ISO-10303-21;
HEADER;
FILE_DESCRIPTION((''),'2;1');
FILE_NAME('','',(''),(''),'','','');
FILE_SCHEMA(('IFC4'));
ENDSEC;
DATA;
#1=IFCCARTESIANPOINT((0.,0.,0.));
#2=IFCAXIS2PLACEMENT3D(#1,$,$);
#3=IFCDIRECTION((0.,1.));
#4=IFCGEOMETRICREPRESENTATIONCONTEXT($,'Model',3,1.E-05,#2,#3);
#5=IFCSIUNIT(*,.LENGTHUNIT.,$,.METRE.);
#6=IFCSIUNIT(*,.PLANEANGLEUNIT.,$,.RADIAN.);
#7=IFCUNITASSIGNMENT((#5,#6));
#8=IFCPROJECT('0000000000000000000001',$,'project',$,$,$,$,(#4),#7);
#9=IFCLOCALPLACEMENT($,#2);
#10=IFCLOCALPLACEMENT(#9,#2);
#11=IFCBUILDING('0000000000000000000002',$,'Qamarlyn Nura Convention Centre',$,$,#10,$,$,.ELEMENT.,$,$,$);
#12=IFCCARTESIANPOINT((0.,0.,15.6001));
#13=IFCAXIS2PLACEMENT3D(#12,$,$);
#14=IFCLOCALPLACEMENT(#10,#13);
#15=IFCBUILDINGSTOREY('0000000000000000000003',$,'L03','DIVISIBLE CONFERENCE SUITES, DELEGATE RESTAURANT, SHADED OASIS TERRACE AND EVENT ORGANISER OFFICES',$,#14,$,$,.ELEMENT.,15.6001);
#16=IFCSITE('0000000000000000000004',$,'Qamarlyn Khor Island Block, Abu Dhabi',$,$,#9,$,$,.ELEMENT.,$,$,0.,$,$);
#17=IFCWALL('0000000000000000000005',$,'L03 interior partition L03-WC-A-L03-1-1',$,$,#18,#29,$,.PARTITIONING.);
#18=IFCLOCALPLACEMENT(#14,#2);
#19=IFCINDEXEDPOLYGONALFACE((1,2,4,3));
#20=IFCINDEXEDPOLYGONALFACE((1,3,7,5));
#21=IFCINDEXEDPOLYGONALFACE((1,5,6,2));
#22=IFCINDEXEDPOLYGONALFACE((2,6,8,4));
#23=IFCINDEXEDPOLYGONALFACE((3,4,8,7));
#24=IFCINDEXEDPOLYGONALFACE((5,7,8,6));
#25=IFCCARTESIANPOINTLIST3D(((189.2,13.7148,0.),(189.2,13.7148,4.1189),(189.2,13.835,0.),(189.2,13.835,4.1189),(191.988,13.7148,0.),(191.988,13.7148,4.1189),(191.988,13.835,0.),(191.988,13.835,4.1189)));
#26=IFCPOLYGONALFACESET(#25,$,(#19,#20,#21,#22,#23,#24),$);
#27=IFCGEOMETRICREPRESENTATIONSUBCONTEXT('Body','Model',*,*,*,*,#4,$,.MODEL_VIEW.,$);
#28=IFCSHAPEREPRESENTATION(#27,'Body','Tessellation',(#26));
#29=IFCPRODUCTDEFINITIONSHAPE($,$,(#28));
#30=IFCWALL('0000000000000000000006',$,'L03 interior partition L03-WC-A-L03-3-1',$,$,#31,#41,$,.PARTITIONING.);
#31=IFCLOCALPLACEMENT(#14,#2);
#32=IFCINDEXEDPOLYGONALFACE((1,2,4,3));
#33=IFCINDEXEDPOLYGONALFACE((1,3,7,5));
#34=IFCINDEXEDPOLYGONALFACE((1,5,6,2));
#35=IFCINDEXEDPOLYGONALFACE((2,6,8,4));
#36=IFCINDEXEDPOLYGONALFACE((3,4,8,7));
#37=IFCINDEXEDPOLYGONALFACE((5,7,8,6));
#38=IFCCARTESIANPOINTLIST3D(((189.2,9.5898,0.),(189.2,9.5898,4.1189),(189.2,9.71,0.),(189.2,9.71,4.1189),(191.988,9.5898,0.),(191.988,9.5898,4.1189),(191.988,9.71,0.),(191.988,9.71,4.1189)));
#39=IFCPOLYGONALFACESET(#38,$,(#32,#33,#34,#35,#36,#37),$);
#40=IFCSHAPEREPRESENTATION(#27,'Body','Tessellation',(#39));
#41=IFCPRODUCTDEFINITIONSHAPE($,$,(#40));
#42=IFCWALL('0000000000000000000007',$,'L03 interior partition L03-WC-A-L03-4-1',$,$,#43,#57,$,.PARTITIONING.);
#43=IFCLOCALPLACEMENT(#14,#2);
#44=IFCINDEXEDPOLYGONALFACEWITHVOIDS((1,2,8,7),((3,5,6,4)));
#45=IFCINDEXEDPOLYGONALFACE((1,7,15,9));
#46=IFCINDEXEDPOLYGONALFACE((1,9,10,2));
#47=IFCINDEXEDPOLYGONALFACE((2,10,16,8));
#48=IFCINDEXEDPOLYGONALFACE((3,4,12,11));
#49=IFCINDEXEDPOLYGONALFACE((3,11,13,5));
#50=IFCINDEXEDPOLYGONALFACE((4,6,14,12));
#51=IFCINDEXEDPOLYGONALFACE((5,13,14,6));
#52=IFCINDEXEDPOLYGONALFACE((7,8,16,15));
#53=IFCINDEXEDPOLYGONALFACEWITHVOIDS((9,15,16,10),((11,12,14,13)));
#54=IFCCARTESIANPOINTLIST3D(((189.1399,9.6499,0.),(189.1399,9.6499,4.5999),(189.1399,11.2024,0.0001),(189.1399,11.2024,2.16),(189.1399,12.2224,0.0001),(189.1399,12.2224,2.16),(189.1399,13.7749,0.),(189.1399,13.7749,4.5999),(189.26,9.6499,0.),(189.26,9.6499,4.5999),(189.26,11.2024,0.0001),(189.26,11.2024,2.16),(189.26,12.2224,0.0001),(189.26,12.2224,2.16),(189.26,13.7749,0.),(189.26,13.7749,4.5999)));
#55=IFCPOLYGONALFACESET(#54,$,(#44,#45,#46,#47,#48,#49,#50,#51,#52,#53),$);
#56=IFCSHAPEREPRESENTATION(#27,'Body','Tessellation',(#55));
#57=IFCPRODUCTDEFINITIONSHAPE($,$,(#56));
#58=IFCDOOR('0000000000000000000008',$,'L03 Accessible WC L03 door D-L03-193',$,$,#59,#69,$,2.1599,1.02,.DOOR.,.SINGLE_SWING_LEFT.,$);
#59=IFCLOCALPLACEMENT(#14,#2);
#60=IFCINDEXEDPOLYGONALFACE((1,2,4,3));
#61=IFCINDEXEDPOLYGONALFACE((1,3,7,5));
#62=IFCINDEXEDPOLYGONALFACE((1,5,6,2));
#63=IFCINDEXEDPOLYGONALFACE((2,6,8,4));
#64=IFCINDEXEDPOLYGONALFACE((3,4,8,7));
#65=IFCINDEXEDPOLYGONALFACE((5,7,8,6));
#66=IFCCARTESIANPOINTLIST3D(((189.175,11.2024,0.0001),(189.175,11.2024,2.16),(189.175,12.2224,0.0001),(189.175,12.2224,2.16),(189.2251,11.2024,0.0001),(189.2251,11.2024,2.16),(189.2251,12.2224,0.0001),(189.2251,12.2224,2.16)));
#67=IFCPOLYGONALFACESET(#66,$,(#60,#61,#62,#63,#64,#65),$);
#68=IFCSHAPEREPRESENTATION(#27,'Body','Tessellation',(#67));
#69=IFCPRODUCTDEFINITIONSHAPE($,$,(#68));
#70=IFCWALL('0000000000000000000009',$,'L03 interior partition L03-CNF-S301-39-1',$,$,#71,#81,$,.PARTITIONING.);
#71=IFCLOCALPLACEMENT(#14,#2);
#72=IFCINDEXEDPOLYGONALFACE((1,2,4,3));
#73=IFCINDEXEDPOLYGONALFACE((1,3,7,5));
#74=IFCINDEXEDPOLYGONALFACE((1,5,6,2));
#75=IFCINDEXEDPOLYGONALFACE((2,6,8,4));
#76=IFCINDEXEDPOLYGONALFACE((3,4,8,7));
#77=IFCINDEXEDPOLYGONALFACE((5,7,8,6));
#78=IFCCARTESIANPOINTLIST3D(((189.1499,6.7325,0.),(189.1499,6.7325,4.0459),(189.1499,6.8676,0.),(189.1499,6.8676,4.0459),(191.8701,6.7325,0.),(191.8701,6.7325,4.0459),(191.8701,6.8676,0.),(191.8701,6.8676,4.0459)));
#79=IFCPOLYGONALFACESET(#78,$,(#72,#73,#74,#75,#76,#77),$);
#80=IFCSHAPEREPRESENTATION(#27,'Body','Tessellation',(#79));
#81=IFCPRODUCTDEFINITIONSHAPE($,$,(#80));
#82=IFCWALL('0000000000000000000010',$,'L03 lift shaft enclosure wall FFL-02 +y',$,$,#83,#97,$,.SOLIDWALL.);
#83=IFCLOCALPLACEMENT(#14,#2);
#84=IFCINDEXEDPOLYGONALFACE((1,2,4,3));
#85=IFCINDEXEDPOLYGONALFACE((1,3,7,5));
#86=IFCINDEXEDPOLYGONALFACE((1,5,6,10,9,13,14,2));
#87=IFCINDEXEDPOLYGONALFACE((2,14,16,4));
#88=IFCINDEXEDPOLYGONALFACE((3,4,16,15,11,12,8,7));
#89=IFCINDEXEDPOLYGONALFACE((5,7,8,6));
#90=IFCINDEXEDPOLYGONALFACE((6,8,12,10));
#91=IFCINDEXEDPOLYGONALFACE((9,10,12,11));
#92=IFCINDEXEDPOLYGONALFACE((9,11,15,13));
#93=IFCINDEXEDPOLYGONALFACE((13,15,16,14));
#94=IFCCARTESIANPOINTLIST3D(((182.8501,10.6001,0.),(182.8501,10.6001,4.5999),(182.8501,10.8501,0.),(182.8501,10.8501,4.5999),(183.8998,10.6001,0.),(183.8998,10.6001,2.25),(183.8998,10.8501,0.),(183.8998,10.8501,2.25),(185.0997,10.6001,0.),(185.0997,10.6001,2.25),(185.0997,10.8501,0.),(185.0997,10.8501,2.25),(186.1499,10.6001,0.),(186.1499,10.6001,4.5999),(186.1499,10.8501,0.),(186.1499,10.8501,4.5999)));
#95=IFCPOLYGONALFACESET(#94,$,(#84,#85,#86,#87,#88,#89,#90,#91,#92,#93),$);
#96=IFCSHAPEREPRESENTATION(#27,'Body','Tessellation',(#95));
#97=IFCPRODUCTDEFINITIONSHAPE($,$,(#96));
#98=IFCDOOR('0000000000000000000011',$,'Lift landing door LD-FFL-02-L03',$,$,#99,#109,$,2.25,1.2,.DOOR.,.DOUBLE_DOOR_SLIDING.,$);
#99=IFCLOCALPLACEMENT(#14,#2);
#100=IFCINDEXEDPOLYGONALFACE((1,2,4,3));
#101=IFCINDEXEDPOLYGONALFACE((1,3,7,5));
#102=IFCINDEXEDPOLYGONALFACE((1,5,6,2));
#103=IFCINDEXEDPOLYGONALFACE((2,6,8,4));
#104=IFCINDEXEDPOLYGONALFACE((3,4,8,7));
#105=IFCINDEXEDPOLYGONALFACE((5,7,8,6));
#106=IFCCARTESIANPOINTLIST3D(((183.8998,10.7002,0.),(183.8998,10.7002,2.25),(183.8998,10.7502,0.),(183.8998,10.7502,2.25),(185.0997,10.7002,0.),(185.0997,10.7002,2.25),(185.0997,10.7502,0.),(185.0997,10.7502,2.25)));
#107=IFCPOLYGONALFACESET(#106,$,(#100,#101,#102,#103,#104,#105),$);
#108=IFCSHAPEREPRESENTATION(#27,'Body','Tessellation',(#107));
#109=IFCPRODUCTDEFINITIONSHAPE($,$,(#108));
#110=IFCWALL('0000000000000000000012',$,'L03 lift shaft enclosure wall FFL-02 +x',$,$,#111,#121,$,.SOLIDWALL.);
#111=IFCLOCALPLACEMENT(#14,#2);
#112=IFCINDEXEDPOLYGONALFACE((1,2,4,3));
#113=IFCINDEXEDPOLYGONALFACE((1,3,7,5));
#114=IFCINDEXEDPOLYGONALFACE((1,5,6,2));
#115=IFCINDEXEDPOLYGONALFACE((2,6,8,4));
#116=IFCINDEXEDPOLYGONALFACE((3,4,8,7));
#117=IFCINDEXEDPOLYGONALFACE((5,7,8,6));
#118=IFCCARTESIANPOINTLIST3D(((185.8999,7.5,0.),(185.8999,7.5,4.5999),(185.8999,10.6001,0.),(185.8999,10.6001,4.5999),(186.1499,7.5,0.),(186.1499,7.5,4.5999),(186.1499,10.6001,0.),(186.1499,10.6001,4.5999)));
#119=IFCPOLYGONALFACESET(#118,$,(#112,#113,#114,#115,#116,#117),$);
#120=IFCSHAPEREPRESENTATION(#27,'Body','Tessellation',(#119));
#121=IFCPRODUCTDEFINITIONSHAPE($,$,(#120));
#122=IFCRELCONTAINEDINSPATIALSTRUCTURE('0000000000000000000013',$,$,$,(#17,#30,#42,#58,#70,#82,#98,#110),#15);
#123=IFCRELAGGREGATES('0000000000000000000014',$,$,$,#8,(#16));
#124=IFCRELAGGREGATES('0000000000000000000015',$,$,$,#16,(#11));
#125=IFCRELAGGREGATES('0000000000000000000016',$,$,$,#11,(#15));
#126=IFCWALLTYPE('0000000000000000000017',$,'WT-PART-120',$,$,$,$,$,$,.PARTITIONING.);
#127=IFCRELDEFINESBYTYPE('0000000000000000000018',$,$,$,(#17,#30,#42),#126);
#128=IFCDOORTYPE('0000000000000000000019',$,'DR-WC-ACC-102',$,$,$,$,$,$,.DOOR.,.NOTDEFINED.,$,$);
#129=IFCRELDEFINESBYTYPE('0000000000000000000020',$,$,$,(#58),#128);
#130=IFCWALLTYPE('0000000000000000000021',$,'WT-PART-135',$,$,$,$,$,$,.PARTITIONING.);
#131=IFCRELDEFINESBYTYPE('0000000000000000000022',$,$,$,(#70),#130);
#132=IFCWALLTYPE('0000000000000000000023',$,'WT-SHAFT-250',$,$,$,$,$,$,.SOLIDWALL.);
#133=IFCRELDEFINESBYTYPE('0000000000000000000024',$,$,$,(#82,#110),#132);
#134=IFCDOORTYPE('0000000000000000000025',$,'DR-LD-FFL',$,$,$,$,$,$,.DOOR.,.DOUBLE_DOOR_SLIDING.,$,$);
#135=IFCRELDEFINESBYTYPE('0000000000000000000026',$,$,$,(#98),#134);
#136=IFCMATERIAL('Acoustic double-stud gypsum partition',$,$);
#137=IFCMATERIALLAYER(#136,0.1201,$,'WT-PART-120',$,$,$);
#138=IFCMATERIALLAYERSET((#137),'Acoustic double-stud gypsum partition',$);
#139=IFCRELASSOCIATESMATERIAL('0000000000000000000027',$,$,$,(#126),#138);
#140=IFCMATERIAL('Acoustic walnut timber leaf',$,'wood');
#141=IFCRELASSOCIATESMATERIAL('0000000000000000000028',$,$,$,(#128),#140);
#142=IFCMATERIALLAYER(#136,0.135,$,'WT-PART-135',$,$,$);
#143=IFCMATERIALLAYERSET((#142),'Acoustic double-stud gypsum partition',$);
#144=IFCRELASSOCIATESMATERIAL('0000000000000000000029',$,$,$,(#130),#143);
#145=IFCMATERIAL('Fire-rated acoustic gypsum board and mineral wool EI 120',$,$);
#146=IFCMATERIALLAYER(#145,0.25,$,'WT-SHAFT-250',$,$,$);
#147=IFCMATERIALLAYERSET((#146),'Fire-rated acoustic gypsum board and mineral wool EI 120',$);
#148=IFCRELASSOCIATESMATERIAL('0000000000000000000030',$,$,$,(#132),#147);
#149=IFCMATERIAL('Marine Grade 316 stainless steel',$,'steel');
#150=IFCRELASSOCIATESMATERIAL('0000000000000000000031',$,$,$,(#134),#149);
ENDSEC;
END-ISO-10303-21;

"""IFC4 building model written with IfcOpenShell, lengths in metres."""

from ifc_helpers import new_model, si_unit, direction, frame, frame_2d, origin, place, context, subcontext, project, spatial, rectangle, extrude, material, layer, layer_set, type_object, element, fill, save


model = new_model("IFC4")

# Units and contexts
model_context = context("Model", 3, precision=1e-05, world=origin(), true_north=direction((0.0, 1.0)))
body_context = subcontext(model_context, "Body", "Model", "MODEL_VIEW")
ifc_project = project(units=[si_unit("LENGTHUNIT", "METRE"), si_unit("PLANEANGLEUNIT", "RADIAN")], contexts=[model_context])

# Site, building, storey
site_placement = place(None, origin())
site = spatial("IfcSite", under=ifc_project, at=site_placement, Name="Qamarlyn Khor Island Block, Abu Dhabi", CompositionType="ELEMENT", RefElevation=0.0)
building_placement = place(site_placement, origin())
building = spatial("IfcBuilding", under=site, at=building_placement, Name="Qamarlyn Nura Convention Centre", CompositionType="ELEMENT")
storey_placement = place(building_placement, frame((0.0, 0.0, 15.6001)))
storey = spatial("IfcBuildingStorey", under=building, at=storey_placement, Name="L03", Description="DIVISIBLE CONFERENCE SUITES, DELEGATE RESTAURANT, SHADED OASIS TERRACE AND EVENT ORGANISER OFFICES", CompositionType="ELEMENT", Elevation=15.6001)

# Shared definitions
ifc_material_1 = material(Name="Fire-rated acoustic gypsum board and mineral wool EI 120")

# Walls
ifc_material_2 = material(Name="Acoustic double-stud gypsum partition")
ifc_layer_1 = layer(ifc_material_2, 0.1201, Name="WT-PART-120")
ifc_layer_set_1 = layer_set([ifc_layer_1], Name="Acoustic double-stud gypsum partition")
wall_type_1 = type_object("IfcWallType", Name="WT-PART-120", PredefinedType="PARTITIONING", material=ifc_layer_set_1)
for number, where, z_axis, x_axis, name in (
    (1, (189.2, 13.7749, 0.0), (0.0, 0.0, 1.0), (1.0, 0.0, 0.0), "L03 interior partition L03-WC-A-L03-1-1"),
    (2, (191.988, 9.6499, 0.0), (0.0, 0.0, 1.0), (-1.0, 0.0, 0.0), "L03 interior partition L03-WC-A-L03-3-1"),
):
    element("IfcWall", number, at=place(storey_placement, frame(where, z_axis=z_axis, x_axis=x_axis)), inside=storey, type_object=wall_type_1, Name=name, PredefinedType="PARTITIONING", context=body_context, shape_type="SweptSolid", body=[
        extrude(rectangle(XDim=2.7881, YDim=0.1201, at=frame_2d((1.394, 0.0))), origin(), (0.0, 0.0, 1.0), 4.1189),
    ])

# Wall, opening, door
wall_1_placement = place(storey_placement, frame((189.2, 9.6499, 0.0), z_axis=(0.0, 0.0, 1.0), x_axis=(0.0, 1.0, 0.0)))
wall_1 = element("IfcWall", 3, at=wall_1_placement, inside=storey, type_object=wall_type_1, Name="L03 interior partition L03-WC-A-L03-4-1", PredefinedType="PARTITIONING", context=body_context, shape_type="SweptSolid", body=[
    extrude(rectangle(XDim=4.125, YDim=0.1201, at=frame_2d((2.0625, 0.0))), origin(), (0.0, 0.0, 1.0), 4.5999),
])
opening_1_placement = place(wall_1_placement, frame((1.5525, 0.0, 0.0)))
opening_1 = element("IfcOpeningElement", 4, at=opening_1_placement, cuts=wall_1, PredefinedType="OPENING", context=body_context, shape_type="SweptSolid", body=[
    extrude(rectangle(XDim=1.02, YDim=2.1599, at=frame_2d((0.51, 1.0801))), frame((0.0, 0.0701, 0.0), z_axis=(0.0, -1.0, 0.0), x_axis=(1.0, 0.0, 0.0)), (0.0, 0.0, 1.0), 0.1401),
])
ifc_material_3 = material(Name="Acoustic walnut timber leaf", Category="wood")
door_type_1 = type_object("IfcDoorType", Name="DR-WC-ACC-102", OperationType="NOTDEFINED", PredefinedType="DOOR", material=ifc_material_3)
door_1_placement = place(opening_1_placement, origin())
door_1 = element("IfcDoor", 5, at=door_1_placement, inside=storey, type_object=door_type_1, Name="L03 Accessible WC L03 door D-L03-193", OperationType="SINGLE_SWING_LEFT", OverallHeight=2.1599, OverallWidth=1.02, PredefinedType="DOOR", context=body_context, shape_type="SweptSolid", body=[
    extrude(rectangle(XDim=1.02, YDim=2.1599, at=frame_2d((0.51, 1.0801))), frame((0.0, 0.0249, 0.0), z_axis=(0.0, -1.0, 0.0), x_axis=(1.0, 0.0, 0.0)), (0.0, 0.0, 1.0), 0.05),
])
fill(opening_1, door_1)

# Wall
ifc_layer_2 = layer(ifc_material_2, 0.135, Name="WT-PART-135")
ifc_layer_set_2 = layer_set([ifc_layer_2], Name="Acoustic double-stud gypsum partition")
wall_type_2 = type_object("IfcWallType", Name="WT-PART-135", PredefinedType="PARTITIONING", material=ifc_layer_set_2)
wall_2_placement = place(storey_placement, frame((189.1499, 6.8, 0.0), z_axis=(0.0, 0.0, 1.0), x_axis=(1.0, 0.0, 0.0)))
element("IfcWall", 6, at=wall_2_placement, inside=storey, type_object=wall_type_2, Name="L03 interior partition L03-CNF-S301-39-1", PredefinedType="PARTITIONING", context=body_context, shape_type="SweptSolid", body=[
    extrude(rectangle(XDim=2.7202, YDim=0.135, at=frame_2d((1.3601, 0.0))), origin(), (0.0, 0.0, 1.0), 4.0459),
])

# Wall, opening, door
ifc_layer_3 = layer(ifc_material_1, 0.25, Name="WT-SHAFT-250")
ifc_layer_set_3 = layer_set([ifc_layer_3], Name="Fire-rated acoustic gypsum board and mineral wool EI 120")
wall_type_3 = type_object("IfcWallType", Name="WT-SHAFT-250", PredefinedType="SOLIDWALL", material=ifc_layer_set_3)
wall_3_placement = place(storey_placement, frame((186.1499, 10.7251, 0.0), z_axis=(0.0, 0.0, 1.0), x_axis=(-1.0, 0.0, 0.0)))
wall_3 = element("IfcWall", 7, at=wall_3_placement, inside=storey, type_object=wall_type_3, Name="L03 lift shaft enclosure wall FFL-02 +y", PredefinedType="SOLIDWALL", context=body_context, shape_type="SweptSolid", body=[
    extrude(rectangle(XDim=3.2998, YDim=0.25, at=frame_2d((1.6499, 0.0))), origin(), (0.0, 0.0, 1.0), 4.5999),
])
opening_2_placement = place(wall_3_placement, frame((1.05, 0.0, 0.0)))
opening_2 = element("IfcOpeningElement", 8, at=opening_2_placement, cuts=wall_3, PredefinedType="OPENING", context=body_context, shape_type="SweptSolid", body=[
    extrude(rectangle(XDim=1.2, YDim=2.25, at=frame_2d((0.6001, 1.125))), frame((0.0, 0.135, 0.0), z_axis=(0.0, -1.0, 0.0), x_axis=(1.0, 0.0, 0.0)), (0.0, 0.0, 1.0), 0.27),
])
ifc_material_4 = material(Name="Marine Grade 316 stainless steel", Category="steel")
door_type_2 = type_object("IfcDoorType", Name="DR-LD-FFL", OperationType="DOUBLE_DOOR_SLIDING", PredefinedType="DOOR", material=ifc_material_4)
door_2_placement = place(opening_2_placement, origin())
door_2 = element("IfcDoor", 9, at=door_2_placement, inside=storey, type_object=door_type_2, Name="Lift landing door LD-FFL-02-L03", OperationType="DOUBLE_DOOR_SLIDING", OverallHeight=2.25, OverallWidth=1.2, PredefinedType="DOOR", context=body_context, shape_type="SweptSolid", body=[
    extrude(rectangle(XDim=1.2, YDim=2.25, at=frame_2d((0.6001, 1.125))), frame((0.0, 0.0249, 0.0), z_axis=(0.0, -1.0, 0.0), x_axis=(1.0, 0.0, 0.0)), (0.0, 0.0, 1.0), 0.05),
])
fill(opening_2, door_2)

# Wall
wall_4_placement = place(storey_placement, frame((186.0249, 7.5, 0.0), z_axis=(0.0, 0.0, 1.0), x_axis=(0.0, 1.0, 0.0)))
element("IfcWall", 10, at=wall_4_placement, inside=storey, type_object=wall_type_3, Name="L03 lift shaft enclosure wall FFL-02 +x", PredefinedType="SOLIDWALL", context=body_context, shape_type="SweptSolid", body=[
    extrude(rectangle(XDim=3.1001, YDim=0.25, at=frame_2d((1.55, 0.0))), origin(), (0.0, 0.0, 1.0), 4.5999),
])

save(model, "model.ifc")
